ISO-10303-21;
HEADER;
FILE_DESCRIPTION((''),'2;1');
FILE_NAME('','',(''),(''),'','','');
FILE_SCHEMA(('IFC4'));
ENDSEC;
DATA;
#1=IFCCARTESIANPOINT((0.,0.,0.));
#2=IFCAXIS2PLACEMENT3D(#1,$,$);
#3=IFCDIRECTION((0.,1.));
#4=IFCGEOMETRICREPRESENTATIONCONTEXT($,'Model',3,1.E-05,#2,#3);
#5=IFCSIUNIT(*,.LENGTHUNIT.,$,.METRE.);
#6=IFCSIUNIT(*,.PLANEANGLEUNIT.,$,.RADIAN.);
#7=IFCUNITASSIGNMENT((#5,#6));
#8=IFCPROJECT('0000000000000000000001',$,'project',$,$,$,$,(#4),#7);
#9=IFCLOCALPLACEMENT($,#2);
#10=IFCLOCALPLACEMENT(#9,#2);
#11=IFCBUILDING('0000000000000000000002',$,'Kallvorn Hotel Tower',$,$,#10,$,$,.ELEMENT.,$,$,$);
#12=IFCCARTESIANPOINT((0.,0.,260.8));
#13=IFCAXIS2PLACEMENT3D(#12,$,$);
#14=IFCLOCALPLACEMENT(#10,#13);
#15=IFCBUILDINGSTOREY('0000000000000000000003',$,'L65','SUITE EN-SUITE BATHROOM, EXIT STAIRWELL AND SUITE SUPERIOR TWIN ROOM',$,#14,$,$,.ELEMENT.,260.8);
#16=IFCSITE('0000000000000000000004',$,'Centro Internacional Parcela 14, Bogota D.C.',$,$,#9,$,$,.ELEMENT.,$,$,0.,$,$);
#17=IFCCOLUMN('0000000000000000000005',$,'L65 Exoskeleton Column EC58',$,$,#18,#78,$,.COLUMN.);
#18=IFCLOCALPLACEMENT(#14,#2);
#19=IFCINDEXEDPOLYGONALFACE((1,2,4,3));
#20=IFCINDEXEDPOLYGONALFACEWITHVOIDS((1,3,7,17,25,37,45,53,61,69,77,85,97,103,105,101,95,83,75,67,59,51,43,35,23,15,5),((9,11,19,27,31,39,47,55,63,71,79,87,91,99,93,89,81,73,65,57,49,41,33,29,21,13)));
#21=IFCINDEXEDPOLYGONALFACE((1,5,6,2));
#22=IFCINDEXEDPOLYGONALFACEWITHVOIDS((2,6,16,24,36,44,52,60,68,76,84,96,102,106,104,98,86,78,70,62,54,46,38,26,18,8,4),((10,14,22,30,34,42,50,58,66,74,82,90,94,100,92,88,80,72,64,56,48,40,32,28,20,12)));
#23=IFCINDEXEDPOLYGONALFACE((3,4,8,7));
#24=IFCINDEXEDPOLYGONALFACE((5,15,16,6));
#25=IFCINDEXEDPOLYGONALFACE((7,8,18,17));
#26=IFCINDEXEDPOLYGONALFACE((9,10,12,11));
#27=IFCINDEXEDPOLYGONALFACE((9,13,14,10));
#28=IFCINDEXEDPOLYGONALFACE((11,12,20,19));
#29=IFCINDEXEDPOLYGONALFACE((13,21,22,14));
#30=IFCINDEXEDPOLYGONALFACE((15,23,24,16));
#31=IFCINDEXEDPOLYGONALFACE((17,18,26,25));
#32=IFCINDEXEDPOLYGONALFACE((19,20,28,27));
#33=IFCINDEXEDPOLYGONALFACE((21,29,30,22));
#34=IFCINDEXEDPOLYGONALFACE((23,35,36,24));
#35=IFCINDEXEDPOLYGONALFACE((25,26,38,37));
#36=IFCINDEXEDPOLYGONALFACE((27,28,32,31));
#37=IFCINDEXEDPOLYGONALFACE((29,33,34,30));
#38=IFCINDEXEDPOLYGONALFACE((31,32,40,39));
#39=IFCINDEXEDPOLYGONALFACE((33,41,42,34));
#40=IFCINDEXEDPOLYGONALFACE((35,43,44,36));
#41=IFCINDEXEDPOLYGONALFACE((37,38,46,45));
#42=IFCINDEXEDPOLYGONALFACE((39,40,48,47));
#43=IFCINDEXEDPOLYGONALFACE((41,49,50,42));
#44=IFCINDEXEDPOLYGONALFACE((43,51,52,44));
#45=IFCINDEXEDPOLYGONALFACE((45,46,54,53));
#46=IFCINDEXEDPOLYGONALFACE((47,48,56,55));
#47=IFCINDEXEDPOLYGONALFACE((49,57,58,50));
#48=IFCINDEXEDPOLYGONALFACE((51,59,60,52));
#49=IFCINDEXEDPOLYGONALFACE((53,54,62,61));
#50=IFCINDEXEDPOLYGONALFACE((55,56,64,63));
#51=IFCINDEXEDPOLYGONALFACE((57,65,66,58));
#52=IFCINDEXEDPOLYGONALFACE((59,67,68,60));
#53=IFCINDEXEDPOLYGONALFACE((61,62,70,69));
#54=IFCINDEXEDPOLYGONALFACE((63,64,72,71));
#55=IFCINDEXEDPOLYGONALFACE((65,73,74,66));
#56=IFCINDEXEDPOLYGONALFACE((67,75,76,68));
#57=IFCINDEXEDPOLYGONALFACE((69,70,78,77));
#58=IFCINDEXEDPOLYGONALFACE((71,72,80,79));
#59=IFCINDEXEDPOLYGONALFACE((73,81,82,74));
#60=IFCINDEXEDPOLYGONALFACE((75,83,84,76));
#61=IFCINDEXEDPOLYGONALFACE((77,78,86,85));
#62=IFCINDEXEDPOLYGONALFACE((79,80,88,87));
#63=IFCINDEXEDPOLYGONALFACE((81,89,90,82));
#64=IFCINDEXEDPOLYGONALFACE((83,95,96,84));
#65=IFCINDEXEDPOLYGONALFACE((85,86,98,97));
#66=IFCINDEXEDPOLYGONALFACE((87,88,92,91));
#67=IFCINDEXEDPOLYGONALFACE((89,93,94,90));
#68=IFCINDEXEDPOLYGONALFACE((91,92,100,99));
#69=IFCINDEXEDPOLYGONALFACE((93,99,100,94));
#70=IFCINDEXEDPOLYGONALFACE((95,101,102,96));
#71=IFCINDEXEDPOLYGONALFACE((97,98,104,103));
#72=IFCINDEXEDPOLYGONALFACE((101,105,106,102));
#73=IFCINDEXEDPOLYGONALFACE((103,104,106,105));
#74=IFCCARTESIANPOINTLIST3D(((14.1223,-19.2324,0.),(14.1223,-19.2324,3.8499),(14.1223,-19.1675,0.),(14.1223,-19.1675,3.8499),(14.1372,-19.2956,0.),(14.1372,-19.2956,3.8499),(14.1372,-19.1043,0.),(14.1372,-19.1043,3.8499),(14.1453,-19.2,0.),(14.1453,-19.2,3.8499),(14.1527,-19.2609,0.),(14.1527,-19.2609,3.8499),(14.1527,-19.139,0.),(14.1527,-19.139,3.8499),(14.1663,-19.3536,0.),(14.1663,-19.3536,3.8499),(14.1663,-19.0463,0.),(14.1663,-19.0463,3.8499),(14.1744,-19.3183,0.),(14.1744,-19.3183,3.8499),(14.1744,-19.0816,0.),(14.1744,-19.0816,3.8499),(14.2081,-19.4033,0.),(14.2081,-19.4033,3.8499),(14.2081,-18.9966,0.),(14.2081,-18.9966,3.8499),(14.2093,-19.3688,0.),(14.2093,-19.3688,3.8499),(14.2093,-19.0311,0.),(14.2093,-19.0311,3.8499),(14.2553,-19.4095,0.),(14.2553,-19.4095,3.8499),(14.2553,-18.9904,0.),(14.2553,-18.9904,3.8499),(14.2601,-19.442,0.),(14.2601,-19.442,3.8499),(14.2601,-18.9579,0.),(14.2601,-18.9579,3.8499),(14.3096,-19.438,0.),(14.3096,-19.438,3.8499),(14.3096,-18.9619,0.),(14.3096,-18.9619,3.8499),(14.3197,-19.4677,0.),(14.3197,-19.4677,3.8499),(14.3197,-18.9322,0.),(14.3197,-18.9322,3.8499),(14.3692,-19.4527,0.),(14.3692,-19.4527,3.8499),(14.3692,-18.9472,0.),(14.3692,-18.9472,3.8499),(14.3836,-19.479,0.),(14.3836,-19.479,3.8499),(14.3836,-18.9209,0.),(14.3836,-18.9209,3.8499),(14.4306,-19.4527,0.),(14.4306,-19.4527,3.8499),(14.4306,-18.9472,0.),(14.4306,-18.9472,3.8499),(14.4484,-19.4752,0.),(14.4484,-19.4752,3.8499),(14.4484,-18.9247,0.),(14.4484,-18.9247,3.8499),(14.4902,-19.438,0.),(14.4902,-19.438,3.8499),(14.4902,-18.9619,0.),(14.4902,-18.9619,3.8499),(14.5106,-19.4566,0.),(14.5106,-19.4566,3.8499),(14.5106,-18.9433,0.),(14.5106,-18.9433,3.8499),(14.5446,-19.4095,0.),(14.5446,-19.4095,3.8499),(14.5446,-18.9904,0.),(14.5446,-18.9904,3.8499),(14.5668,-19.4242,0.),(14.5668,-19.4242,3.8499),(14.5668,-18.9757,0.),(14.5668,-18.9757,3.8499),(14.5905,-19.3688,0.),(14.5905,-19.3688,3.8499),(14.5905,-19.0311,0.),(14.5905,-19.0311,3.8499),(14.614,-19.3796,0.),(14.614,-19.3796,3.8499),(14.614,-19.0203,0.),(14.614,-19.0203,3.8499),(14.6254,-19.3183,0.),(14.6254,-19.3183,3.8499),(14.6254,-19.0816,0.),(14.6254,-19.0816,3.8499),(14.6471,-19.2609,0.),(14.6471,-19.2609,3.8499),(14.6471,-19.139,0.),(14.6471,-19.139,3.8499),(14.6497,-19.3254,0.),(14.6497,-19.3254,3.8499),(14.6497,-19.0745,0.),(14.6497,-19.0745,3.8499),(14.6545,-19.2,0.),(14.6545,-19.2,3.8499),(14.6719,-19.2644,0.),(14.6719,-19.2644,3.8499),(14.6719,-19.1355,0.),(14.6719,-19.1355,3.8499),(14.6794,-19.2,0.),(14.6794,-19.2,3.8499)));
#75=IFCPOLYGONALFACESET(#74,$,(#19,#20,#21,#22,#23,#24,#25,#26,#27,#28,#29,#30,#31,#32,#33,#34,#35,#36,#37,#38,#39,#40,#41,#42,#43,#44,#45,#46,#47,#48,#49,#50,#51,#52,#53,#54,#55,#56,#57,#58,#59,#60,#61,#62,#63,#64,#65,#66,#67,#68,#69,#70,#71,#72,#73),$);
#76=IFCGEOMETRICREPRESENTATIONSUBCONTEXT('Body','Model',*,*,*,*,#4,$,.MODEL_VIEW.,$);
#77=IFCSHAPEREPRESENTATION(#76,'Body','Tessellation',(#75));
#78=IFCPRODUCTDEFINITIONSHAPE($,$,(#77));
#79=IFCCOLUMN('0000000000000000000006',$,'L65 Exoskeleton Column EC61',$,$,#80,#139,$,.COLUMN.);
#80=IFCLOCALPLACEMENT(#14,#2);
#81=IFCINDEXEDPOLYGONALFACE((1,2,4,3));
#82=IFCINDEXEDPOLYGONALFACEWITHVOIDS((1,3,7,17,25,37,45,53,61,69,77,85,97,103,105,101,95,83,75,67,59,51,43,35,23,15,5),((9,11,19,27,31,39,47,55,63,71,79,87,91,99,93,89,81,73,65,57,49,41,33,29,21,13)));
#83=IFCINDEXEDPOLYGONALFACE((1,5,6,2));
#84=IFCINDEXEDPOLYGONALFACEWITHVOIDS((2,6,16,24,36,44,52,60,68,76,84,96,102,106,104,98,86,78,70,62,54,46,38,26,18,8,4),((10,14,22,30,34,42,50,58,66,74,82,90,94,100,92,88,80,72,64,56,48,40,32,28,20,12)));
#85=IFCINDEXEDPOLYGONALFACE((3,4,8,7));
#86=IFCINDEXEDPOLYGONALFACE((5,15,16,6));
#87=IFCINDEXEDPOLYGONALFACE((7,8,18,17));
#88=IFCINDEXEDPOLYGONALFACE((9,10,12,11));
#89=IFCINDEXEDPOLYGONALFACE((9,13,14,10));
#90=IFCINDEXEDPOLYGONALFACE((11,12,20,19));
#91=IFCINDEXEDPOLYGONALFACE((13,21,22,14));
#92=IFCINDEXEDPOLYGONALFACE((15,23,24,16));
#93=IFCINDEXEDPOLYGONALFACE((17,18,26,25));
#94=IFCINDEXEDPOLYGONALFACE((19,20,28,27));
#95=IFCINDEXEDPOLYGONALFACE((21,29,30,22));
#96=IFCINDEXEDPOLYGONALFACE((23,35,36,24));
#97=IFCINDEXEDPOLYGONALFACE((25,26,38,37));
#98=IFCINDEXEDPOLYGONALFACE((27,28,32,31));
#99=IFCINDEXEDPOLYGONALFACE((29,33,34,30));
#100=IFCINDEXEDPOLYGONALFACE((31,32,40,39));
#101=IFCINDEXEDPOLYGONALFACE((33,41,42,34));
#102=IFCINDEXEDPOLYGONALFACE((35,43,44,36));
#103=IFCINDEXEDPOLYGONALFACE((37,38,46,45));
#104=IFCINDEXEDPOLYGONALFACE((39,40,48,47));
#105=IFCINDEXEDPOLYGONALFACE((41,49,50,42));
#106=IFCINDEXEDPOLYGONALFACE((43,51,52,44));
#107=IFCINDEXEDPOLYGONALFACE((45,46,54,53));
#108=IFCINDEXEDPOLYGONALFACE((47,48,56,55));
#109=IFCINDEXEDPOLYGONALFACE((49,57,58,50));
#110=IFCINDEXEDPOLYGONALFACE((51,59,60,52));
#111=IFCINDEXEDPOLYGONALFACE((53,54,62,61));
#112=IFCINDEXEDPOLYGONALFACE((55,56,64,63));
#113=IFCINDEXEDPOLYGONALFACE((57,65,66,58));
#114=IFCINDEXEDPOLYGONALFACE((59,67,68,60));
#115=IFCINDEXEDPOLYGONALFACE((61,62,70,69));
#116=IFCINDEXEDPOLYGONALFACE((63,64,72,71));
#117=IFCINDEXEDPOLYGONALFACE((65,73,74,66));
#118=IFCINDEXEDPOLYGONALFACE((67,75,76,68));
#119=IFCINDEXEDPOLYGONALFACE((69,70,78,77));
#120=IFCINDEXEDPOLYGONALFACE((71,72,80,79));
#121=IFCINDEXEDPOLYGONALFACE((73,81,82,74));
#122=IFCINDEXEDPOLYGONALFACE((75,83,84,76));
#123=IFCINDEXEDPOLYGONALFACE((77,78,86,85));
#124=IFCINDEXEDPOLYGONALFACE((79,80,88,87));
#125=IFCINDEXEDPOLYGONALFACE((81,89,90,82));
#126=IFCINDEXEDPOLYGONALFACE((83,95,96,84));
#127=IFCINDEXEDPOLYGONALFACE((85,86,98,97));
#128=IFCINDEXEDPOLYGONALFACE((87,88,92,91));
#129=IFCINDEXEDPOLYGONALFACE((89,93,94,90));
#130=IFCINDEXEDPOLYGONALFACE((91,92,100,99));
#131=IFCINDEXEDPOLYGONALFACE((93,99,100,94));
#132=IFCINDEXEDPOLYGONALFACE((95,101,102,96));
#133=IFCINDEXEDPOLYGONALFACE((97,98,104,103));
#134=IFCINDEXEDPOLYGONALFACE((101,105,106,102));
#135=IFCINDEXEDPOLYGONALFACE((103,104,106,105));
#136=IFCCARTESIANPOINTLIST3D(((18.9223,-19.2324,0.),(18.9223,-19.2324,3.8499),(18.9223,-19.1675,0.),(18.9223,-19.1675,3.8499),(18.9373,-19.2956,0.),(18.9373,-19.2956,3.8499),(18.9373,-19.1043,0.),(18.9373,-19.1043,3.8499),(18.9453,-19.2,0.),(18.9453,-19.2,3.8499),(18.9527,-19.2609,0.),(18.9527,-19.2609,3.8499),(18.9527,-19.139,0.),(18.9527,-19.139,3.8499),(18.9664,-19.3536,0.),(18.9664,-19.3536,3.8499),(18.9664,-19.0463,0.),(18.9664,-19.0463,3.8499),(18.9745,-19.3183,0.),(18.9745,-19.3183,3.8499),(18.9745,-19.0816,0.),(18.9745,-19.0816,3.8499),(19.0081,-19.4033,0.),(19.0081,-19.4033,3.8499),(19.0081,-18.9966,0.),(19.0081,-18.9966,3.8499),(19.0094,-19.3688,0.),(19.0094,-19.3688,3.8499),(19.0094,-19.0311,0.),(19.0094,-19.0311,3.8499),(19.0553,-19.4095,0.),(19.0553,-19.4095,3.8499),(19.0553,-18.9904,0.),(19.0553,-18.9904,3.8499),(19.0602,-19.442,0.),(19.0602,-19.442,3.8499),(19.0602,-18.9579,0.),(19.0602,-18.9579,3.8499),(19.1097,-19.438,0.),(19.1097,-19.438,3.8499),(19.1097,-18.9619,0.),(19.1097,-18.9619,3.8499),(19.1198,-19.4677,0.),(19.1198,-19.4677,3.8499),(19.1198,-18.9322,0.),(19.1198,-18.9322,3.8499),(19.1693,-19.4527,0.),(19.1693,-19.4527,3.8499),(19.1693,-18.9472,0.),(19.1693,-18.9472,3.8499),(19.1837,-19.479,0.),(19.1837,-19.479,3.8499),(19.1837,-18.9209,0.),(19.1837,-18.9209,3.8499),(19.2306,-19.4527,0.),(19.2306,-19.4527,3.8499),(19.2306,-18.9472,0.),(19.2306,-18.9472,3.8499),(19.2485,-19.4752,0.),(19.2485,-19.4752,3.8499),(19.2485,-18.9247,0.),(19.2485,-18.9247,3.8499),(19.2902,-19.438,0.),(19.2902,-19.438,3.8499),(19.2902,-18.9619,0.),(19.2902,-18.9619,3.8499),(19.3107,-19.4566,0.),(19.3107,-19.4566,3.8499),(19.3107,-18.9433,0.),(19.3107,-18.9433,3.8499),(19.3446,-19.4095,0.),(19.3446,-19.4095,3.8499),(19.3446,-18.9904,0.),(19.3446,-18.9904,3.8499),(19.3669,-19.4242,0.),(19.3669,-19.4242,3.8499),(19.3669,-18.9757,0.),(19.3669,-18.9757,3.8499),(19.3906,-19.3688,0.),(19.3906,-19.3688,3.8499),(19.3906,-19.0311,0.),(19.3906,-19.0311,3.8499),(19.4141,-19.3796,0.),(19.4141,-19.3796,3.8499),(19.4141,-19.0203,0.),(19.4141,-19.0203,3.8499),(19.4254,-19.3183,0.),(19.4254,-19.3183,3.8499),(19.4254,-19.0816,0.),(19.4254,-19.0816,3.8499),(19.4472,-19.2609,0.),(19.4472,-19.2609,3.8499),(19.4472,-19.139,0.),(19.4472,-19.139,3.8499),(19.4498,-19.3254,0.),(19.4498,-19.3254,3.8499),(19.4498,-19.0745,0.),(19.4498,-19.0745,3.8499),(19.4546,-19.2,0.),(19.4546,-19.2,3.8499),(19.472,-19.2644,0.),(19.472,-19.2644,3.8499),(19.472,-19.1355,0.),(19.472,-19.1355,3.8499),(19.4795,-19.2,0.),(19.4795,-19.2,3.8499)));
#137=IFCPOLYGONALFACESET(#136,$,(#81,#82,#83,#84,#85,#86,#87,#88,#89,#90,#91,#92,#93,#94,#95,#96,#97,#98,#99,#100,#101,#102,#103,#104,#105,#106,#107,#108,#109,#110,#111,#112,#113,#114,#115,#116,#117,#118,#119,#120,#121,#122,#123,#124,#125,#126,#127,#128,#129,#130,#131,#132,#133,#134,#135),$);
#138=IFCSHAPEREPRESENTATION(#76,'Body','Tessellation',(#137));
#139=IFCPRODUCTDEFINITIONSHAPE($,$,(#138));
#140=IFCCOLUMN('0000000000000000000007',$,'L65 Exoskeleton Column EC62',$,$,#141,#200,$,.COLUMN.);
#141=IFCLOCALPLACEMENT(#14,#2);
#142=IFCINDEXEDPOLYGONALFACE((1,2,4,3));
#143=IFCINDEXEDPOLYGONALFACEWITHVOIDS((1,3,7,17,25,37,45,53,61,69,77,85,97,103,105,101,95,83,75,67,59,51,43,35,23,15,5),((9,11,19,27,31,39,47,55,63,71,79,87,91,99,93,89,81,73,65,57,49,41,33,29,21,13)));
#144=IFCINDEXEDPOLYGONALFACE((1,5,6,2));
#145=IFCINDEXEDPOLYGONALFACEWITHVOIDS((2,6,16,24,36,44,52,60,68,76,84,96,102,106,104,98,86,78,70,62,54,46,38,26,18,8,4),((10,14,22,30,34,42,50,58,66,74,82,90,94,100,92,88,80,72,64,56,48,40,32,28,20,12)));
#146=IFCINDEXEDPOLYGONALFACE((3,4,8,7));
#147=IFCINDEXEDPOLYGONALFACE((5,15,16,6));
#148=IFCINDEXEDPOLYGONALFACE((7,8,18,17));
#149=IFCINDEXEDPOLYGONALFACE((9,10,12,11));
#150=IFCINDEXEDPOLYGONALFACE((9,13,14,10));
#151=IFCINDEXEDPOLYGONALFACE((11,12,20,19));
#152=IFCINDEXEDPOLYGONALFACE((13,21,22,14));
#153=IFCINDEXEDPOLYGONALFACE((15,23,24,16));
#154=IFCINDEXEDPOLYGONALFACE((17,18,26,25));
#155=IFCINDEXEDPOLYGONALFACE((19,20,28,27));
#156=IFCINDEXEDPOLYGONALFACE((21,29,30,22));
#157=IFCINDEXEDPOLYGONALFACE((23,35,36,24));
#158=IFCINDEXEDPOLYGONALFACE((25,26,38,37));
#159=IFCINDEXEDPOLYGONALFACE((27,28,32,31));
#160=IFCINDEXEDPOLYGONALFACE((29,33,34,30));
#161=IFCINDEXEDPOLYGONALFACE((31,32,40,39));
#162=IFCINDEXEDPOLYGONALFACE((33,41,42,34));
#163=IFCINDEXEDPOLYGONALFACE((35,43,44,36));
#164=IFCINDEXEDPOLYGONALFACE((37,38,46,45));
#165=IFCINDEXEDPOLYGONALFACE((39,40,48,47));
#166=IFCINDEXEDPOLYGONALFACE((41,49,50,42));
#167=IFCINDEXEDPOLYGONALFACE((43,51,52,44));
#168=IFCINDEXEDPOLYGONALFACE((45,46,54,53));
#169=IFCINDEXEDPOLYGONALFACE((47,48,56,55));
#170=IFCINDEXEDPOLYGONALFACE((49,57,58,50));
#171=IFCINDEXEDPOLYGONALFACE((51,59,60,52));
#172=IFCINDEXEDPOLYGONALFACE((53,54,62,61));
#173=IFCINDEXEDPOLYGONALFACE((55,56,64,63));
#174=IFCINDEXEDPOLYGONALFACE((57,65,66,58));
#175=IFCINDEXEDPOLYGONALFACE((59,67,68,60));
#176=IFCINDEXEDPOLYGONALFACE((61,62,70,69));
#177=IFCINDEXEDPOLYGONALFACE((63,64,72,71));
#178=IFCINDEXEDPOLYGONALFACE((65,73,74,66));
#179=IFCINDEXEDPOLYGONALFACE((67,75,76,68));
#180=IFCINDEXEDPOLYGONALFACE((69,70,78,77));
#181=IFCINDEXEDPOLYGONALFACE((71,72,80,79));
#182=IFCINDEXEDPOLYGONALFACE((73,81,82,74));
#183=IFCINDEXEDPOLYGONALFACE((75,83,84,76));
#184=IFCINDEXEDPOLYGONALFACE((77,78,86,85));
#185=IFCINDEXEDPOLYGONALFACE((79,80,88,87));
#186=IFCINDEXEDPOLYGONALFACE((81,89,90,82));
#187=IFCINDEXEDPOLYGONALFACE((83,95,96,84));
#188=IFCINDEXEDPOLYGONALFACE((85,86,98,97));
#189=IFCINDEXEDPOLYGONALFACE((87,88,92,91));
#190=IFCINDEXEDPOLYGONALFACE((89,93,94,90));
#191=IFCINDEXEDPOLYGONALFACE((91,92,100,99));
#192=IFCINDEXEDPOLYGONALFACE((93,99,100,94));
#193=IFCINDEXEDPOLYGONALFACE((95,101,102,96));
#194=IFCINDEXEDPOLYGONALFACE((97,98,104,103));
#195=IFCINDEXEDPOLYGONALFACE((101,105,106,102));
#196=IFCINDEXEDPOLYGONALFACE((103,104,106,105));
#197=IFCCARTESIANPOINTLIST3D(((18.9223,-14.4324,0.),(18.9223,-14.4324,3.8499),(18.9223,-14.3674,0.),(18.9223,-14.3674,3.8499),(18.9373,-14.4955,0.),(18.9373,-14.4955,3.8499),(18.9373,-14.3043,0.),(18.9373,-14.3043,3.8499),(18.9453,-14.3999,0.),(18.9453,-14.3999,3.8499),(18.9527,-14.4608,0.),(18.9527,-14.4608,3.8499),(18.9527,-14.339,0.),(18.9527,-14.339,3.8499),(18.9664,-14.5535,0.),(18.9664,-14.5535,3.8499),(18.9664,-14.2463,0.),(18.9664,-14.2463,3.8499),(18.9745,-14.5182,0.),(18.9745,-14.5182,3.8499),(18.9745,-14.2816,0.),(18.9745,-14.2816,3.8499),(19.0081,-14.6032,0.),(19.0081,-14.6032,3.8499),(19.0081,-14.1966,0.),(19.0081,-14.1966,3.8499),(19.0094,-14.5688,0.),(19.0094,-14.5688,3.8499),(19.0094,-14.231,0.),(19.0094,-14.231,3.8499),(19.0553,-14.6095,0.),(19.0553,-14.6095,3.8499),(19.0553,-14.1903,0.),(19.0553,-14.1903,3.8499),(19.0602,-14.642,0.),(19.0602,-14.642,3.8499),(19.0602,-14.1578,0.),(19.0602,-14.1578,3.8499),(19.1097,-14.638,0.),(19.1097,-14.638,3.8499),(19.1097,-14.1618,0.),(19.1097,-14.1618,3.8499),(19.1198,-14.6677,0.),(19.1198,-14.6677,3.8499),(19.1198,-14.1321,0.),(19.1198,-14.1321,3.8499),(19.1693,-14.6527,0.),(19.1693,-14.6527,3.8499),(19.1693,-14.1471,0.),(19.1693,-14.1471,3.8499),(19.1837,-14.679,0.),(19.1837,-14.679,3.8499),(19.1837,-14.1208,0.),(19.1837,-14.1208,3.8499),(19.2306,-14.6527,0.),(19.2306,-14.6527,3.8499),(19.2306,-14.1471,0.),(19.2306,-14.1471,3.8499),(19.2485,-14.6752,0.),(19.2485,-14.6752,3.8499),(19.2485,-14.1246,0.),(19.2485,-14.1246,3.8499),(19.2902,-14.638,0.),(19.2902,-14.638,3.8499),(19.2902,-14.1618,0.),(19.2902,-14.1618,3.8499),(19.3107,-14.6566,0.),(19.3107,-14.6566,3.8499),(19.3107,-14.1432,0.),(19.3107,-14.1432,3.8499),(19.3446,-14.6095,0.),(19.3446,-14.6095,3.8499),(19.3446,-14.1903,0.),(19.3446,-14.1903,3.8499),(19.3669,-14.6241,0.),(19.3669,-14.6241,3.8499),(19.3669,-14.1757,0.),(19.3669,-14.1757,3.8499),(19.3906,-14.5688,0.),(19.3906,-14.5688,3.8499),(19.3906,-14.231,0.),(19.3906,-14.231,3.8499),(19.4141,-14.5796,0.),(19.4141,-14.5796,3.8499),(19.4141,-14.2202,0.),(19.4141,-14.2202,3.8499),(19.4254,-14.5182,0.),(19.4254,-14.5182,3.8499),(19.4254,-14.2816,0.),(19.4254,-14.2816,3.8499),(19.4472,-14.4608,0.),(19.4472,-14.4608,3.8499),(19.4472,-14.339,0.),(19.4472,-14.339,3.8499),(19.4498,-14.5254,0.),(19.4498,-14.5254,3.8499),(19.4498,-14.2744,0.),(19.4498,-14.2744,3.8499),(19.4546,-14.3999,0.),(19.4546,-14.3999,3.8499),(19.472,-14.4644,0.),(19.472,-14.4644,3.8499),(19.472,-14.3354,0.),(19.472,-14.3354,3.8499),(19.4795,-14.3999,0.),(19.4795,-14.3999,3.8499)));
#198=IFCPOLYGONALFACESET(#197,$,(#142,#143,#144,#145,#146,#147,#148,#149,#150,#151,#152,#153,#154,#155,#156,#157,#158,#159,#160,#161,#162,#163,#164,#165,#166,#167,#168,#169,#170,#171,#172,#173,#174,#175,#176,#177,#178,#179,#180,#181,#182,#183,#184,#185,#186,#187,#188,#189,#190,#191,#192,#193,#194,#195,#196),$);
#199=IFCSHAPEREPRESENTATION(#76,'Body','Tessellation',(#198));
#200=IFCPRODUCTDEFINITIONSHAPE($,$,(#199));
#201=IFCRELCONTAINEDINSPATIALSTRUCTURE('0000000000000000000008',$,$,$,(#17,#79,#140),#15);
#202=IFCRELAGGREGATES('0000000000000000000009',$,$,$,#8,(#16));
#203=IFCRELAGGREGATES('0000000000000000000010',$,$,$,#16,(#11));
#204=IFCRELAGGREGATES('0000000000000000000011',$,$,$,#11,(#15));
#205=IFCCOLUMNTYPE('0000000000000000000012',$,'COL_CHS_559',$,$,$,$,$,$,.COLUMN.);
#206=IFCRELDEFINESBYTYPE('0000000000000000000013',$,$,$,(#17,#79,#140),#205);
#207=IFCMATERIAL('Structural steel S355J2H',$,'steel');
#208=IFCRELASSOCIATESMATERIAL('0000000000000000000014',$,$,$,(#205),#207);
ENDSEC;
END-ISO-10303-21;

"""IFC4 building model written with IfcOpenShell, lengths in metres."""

from ifc_helpers import new_model, si_unit, direction, frame, origin, origin_2d, place, context, subcontext, project, spatial, hollow_circle, extrude, material, material_profile, profile_set, type_object, element, save


model = new_model("IFC4")

# Units and contexts
model_context = context("Model", 3, precision=1e-05, world=origin(), true_north=direction((0.0, 1.0)))
body_context = subcontext(model_context, "Body", "Model", "MODEL_VIEW")
ifc_project = project(units=[si_unit("LENGTHUNIT", "METRE"), si_unit("PLANEANGLEUNIT", "RADIAN")], contexts=[model_context])

# Site, building, storey
site_placement = place(None, origin())
site = spatial("IfcSite", under=ifc_project, at=site_placement, Name="Centro Internacional Parcela 14, Bogota D.C.", CompositionType="ELEMENT", RefElevation=0.0)
building_placement = place(site_placement, origin())
building = spatial("IfcBuilding", under=site, at=building_placement, Name="Kallvorn Hotel Tower", CompositionType="ELEMENT")
storey_placement = place(building_placement, frame((0.0, 0.0, 260.8)))
storey = spatial("IfcBuildingStorey", under=building, at=storey_placement, Name="L65", Description="SUITE EN-SUITE BATHROOM, EXIT STAIRWELL AND SUITE SUPERIOR TWIN ROOM", CompositionType="ELEMENT", Elevation=260.8)

# Columns
ifc_material_1 = material(Name="Structural steel S355J2H", Category="steel")
ifc_material_profile_1 = material_profile(ifc_material_1, hollow_circle(Radius=0.2795, WallThickness=0.0249, at=origin_2d()), Name="CHS 559x25")
ifc_profile_set_1 = profile_set([ifc_material_profile_1], Name="Structural steel S355J2H")
column_type_1 = type_object("IfcColumnType", Name="COL_CHS_559", PredefinedType="COLUMN", material=ifc_profile_set_1)
for number, where, z_axis, x_axis, name in (
    (1, (14.3999, -19.2, 0.0), (0.0, 0.0, 1.0), (1.0, 0.0, 0.0), "L65 Exoskeleton Column EC58"),
    (2, (19.2, -19.2, 0.0), (0.0, 0.0, 1.0), (1.0, 0.0, 0.0), "L65 Exoskeleton Column EC61"),
    (3, (19.2, -14.3999, 0.0), (0.0, 0.0, 1.0), (1.0, 0.0, 0.0), "L65 Exoskeleton Column EC62"),
):
    element("IfcColumn", number, at=place(storey_placement, frame(where, z_axis=z_axis, x_axis=x_axis)), inside=storey, type_object=column_type_1, Name=name, PredefinedType="COLUMN", context=body_context, shape_type="SweptSolid", body=[
        extrude(hollow_circle(Radius=0.2795, WallThickness=0.0249, at=origin_2d()), origin(), (0.0, 0.0, 1.0), 3.8499),
    ])

save(model, "model.ifc")
